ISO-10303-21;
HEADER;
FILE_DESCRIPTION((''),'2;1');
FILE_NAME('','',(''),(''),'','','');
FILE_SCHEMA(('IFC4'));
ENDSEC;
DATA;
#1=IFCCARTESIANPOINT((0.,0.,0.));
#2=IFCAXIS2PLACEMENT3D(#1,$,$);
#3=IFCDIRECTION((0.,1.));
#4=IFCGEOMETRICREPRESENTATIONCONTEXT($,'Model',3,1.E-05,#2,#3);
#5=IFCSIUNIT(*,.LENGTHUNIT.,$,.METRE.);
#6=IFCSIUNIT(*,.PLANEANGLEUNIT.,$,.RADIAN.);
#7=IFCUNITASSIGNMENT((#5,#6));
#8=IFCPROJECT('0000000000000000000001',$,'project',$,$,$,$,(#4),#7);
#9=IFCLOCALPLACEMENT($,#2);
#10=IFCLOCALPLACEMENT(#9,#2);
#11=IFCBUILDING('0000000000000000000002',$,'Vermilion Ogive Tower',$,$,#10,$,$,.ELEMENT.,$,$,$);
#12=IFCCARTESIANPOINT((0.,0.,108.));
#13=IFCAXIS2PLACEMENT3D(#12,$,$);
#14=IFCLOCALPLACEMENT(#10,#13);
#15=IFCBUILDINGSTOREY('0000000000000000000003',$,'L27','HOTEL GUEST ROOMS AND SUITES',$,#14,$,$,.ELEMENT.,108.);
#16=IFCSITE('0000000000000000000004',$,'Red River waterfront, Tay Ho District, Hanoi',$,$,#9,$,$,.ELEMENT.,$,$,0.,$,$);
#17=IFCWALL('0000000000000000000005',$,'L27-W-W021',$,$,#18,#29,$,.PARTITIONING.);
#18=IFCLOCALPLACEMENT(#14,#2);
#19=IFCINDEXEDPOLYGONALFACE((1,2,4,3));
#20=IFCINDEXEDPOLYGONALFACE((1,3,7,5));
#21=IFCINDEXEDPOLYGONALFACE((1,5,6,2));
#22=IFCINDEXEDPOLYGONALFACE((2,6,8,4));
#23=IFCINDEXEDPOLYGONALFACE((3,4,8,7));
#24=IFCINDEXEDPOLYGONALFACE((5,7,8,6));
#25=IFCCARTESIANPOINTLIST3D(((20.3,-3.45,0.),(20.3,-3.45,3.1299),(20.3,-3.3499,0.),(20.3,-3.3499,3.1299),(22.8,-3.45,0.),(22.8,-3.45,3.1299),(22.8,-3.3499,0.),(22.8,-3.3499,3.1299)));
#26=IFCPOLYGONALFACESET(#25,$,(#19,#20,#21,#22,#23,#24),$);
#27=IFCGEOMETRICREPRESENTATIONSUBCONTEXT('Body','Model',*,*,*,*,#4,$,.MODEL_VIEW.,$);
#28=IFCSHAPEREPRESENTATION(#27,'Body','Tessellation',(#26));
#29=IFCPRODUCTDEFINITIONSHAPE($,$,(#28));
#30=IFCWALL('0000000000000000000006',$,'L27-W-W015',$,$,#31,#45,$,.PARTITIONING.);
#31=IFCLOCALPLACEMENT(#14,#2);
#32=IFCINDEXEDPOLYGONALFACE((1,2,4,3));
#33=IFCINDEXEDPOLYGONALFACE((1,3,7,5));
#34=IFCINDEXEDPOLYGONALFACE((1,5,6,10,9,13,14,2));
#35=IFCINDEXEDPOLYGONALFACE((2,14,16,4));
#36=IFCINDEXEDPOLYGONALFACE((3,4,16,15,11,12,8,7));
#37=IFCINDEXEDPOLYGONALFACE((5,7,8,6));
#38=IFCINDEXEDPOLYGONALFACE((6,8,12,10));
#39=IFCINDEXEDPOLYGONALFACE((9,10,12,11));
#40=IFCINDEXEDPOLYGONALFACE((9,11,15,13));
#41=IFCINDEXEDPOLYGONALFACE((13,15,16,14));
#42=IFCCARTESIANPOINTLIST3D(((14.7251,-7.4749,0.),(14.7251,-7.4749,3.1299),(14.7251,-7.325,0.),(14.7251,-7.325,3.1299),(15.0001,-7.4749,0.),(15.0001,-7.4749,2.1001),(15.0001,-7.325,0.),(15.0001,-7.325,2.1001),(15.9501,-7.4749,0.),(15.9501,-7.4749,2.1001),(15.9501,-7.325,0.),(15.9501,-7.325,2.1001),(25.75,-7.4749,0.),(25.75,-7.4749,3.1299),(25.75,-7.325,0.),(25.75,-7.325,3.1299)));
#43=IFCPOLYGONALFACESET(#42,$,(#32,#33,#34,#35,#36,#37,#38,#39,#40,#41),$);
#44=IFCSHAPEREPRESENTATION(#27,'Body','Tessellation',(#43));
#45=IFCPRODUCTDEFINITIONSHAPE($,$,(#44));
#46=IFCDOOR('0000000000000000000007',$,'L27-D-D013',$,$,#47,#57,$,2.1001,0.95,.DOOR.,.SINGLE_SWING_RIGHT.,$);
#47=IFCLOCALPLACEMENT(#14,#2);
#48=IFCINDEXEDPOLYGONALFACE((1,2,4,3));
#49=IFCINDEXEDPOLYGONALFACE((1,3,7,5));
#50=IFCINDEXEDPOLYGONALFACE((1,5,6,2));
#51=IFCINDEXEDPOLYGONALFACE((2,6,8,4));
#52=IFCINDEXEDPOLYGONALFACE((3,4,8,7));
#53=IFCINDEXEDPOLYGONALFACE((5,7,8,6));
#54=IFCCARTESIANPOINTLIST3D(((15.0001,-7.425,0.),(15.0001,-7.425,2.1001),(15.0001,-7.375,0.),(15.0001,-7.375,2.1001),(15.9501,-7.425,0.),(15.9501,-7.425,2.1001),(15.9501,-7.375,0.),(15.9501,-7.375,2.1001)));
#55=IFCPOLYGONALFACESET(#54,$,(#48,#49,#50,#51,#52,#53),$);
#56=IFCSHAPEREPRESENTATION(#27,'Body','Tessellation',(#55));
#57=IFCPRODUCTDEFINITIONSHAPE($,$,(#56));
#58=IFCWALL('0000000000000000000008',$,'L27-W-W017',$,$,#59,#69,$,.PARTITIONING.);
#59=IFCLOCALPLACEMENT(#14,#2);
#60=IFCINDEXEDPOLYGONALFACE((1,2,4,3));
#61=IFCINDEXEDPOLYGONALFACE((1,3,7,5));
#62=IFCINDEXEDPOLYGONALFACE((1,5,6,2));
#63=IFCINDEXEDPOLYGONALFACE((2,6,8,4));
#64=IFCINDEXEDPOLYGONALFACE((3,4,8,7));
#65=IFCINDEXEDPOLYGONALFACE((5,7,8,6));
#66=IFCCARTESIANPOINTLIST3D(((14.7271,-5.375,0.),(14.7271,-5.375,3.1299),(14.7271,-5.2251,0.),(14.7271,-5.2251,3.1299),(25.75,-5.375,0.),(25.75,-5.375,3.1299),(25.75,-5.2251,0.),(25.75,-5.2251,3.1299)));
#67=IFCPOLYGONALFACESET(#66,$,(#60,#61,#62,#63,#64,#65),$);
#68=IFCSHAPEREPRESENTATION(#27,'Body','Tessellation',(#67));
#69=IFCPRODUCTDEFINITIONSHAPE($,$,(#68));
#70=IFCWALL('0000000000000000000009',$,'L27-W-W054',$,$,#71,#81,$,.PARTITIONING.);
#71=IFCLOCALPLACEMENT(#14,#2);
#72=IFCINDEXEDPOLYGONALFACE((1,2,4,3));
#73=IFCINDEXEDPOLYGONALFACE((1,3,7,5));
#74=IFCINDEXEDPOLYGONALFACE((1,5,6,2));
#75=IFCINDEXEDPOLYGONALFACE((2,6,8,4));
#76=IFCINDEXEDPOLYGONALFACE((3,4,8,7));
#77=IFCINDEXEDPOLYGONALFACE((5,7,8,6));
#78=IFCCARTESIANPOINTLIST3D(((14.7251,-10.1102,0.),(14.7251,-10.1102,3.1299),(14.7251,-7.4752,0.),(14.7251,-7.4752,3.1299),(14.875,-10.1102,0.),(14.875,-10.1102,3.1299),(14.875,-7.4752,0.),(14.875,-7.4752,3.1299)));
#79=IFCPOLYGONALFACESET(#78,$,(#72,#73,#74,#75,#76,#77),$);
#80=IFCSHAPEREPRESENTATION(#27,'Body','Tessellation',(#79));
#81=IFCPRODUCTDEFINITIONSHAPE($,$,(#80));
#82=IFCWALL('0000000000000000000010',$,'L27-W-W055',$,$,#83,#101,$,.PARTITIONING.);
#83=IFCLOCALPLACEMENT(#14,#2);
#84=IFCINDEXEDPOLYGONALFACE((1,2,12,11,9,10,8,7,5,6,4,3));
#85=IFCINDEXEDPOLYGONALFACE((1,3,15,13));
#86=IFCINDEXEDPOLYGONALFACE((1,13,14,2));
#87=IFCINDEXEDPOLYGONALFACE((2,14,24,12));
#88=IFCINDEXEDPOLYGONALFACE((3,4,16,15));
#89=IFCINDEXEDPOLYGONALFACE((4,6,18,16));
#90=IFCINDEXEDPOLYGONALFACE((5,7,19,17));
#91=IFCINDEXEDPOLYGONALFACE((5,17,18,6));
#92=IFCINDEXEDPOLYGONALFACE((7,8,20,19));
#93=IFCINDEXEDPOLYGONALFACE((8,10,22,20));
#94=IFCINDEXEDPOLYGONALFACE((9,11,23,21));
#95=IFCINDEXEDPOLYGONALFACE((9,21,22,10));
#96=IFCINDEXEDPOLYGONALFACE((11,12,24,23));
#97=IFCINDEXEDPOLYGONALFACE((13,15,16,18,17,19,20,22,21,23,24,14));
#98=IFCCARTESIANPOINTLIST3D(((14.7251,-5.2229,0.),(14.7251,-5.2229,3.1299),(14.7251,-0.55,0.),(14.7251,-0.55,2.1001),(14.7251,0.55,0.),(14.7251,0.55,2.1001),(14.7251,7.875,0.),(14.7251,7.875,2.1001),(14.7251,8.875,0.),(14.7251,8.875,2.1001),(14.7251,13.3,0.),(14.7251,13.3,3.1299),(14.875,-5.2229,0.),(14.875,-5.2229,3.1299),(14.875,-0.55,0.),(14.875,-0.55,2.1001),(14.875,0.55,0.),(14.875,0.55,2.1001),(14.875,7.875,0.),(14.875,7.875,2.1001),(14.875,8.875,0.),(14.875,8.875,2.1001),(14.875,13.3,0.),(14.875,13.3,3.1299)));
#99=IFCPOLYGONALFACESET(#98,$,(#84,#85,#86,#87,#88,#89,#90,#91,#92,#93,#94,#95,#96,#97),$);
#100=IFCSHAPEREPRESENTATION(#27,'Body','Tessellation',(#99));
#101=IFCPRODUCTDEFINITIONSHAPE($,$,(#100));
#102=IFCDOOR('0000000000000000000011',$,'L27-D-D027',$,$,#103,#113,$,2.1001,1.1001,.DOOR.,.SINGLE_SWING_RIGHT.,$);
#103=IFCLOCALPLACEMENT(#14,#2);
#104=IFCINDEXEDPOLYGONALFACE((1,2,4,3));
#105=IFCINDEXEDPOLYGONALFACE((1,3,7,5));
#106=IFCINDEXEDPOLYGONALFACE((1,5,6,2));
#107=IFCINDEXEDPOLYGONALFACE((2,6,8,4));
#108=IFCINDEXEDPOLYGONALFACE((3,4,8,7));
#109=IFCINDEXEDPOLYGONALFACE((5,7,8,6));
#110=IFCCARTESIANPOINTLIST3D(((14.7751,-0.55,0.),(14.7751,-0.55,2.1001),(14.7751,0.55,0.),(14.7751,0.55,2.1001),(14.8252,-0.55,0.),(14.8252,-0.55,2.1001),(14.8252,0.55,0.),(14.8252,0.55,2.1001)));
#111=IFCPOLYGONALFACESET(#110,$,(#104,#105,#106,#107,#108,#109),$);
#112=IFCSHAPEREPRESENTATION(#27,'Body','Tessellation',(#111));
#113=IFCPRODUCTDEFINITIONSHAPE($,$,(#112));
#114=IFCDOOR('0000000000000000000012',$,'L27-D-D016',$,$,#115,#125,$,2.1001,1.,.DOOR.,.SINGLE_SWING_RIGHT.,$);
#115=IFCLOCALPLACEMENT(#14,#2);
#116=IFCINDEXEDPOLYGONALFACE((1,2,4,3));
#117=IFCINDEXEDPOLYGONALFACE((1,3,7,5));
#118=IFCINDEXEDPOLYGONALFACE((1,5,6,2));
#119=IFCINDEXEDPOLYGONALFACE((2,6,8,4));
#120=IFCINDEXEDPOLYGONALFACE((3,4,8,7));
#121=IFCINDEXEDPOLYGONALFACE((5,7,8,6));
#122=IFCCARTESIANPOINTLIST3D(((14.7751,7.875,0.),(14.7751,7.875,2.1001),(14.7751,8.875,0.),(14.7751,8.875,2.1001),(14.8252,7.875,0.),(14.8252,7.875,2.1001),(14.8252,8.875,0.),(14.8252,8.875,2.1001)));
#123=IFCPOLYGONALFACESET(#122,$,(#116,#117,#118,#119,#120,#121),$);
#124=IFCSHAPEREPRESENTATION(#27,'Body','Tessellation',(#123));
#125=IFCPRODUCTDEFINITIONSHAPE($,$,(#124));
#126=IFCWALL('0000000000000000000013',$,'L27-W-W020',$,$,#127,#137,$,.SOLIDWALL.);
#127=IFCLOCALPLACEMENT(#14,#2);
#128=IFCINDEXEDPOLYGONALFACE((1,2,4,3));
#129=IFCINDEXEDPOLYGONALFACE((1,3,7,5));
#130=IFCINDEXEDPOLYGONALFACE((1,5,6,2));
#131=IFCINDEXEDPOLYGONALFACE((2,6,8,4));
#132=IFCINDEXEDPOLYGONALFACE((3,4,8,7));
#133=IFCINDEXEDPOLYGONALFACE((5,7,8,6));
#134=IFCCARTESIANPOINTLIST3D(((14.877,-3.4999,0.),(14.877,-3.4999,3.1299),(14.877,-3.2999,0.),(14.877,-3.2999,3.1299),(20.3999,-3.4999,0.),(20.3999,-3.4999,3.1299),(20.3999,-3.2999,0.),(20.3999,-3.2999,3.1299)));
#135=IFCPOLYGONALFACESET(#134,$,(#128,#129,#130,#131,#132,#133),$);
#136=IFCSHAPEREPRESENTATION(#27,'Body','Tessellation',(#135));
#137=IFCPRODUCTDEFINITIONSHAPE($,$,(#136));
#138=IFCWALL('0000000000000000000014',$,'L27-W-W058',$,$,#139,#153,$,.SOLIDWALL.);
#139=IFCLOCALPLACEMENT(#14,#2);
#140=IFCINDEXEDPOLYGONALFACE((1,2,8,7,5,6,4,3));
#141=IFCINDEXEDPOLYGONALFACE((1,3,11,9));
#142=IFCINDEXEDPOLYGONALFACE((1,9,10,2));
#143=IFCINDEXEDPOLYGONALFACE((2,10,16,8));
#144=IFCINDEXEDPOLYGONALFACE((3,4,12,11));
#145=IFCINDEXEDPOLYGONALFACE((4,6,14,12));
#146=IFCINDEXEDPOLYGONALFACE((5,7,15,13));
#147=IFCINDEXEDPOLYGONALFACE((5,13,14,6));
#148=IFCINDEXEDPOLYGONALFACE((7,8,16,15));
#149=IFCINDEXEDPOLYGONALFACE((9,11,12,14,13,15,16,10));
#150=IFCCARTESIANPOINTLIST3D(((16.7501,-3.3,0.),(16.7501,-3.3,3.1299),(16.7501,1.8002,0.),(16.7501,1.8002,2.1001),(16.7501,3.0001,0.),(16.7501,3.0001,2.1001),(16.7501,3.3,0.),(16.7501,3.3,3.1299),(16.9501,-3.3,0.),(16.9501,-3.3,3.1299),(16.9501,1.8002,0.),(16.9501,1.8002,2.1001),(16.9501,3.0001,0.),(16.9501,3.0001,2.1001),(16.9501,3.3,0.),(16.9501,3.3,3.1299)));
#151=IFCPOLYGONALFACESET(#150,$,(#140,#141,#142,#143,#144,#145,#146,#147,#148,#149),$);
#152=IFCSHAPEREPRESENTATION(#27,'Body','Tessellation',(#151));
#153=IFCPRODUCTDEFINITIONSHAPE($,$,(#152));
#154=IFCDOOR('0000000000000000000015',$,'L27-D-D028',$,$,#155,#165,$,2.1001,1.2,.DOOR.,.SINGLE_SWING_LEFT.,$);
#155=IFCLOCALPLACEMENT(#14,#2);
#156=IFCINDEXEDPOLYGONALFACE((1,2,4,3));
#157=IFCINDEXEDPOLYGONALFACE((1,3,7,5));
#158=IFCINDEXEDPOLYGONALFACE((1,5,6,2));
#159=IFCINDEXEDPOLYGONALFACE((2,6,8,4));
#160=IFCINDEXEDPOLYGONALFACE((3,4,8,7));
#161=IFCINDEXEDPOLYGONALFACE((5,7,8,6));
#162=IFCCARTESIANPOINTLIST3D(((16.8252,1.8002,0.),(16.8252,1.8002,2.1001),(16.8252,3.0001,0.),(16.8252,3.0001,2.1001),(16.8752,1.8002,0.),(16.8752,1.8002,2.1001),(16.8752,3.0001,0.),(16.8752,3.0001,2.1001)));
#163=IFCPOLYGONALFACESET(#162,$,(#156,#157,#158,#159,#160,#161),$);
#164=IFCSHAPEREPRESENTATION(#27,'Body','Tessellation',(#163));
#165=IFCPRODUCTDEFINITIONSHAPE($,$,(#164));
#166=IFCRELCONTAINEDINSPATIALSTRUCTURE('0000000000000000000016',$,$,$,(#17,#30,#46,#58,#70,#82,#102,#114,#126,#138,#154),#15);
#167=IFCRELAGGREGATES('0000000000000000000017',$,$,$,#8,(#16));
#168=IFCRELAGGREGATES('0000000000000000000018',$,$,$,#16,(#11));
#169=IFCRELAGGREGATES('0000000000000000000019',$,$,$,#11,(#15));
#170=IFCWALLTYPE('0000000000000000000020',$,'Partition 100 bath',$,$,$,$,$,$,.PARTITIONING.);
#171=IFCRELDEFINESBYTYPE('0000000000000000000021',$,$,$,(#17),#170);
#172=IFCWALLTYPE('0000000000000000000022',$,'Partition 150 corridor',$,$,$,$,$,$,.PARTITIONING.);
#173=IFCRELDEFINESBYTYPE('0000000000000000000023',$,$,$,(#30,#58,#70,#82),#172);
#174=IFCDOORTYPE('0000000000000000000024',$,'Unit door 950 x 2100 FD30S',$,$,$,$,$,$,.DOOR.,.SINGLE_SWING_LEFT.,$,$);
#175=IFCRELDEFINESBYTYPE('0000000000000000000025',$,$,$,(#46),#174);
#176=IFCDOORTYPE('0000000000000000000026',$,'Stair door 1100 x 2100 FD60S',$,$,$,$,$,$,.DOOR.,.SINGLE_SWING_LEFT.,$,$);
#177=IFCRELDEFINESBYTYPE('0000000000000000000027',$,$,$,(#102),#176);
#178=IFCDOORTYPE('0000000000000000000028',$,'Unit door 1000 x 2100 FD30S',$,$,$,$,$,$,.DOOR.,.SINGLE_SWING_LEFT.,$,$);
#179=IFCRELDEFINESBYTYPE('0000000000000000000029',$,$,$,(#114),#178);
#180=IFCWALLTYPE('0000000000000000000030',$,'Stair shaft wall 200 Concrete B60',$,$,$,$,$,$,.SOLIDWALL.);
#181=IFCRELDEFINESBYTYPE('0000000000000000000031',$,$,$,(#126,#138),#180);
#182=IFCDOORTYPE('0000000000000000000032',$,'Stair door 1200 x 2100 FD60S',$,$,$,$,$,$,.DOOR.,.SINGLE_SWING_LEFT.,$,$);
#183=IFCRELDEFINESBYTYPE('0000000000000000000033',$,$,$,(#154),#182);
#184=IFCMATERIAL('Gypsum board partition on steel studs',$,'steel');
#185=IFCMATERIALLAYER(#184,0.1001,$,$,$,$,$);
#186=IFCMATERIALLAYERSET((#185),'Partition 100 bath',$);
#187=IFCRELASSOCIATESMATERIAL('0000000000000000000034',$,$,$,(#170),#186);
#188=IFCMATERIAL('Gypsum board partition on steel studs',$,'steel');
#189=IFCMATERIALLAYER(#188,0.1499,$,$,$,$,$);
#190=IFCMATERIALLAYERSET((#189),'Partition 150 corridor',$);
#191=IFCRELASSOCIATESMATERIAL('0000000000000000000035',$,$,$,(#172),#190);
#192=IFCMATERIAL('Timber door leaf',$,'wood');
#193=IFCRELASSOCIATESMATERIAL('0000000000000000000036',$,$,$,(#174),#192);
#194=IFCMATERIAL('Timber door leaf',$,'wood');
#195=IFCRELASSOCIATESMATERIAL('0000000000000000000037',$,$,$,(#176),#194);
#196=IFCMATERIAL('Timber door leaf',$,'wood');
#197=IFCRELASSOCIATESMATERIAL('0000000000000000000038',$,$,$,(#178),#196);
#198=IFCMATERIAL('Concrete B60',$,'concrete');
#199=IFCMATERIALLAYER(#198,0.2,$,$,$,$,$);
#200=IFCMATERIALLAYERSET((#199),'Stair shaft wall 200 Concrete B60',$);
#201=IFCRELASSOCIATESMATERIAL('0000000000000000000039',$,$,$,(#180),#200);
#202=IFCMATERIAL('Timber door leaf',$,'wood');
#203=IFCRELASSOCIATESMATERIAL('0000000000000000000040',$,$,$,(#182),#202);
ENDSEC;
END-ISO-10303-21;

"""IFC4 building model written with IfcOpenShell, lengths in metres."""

from ifc_helpers import new_model, si_unit, direction, frame, frame_2d, origin, place, context, subcontext, project, spatial, rectangle, extrude, material, layer, layer_set, type_object, element, fill, save


model = new_model("IFC4")

# Units and contexts
model_context = context("Model", 3, precision=1e-05, world=origin(), true_north=direction((0.0, 1.0)))
body_context = subcontext(model_context, "Body", "Model", "MODEL_VIEW")
ifc_project = project(units=[si_unit("LENGTHUNIT", "METRE"), si_unit("PLANEANGLEUNIT", "RADIAN")], contexts=[model_context])

# Site, building, storey
site_placement = place(None, origin())
site = spatial("IfcSite", under=ifc_project, at=site_placement, Name="Red River waterfront, Tay Ho District, Hanoi", CompositionType="ELEMENT", RefElevation=0.0)
building_placement = place(site_placement, origin())
building = spatial("IfcBuilding", under=site, at=building_placement, Name="Vermilion Ogive Tower", CompositionType="ELEMENT")
storey_placement = place(building_placement, frame((0.0, 0.0, 108.0)))
storey = spatial("IfcBuildingStorey", under=building, at=storey_placement, Name="L27", Description="HOTEL GUEST ROOMS AND SUITES", CompositionType="ELEMENT", Elevation=108.0)

# Wall
ifc_material_1 = material(Name="Gypsum board partition on steel studs", Category="steel")
ifc_layer_1 = layer(ifc_material_1, 0.1001)
ifc_layer_set_1 = layer_set([ifc_layer_1], Name="Partition 100 bath")
wall_type_1 = type_object("IfcWallType", Name="Partition 100 bath", PredefinedType="PARTITIONING", material=ifc_layer_set_1)
wall_1_placement = place(storey_placement, frame((20.3, -3.3999, 0.0), z_axis=(0.0, 0.0, 1.0), x_axis=(1.0, 0.0, 0.0)))
element("IfcWall", 1, at=wall_1_placement, inside=storey, type_object=wall_type_1, Name="L27-W-W021", PredefinedType="PARTITIONING", context=body_context, shape_type="SweptSolid", body=[
    extrude(rectangle(XDim=2.5, YDim=0.1001, at=frame_2d((1.25, 0.0))), origin(), (0.0, 0.0, 1.0), 3.1299),
])

# Wall, opening, door
ifc_material_2 = material(Name="Gypsum board partition on steel studs", Category="steel")
ifc_layer_2 = layer(ifc_material_2, 0.1499)
ifc_layer_set_2 = layer_set([ifc_layer_2], Name="Partition 150 corridor")
wall_type_2 = type_object("IfcWallType", Name="Partition 150 corridor", PredefinedType="PARTITIONING", material=ifc_layer_set_2)
wall_2_placement = place(storey_placement, frame((14.7251, -7.3999, 0.0), z_axis=(0.0, 0.0, 1.0), x_axis=(1.0, 0.0, 0.0)))
wall_2 = element("IfcWall", 2, at=wall_2_placement, inside=storey, type_object=wall_type_2, Name="L27-W-W015", PredefinedType="PARTITIONING", context=body_context, shape_type="SweptSolid", body=[
    extrude(rectangle(XDim=11.0249, YDim=0.1499, at=frame_2d((5.5125, 0.0))), origin(), (0.0, 0.0, 1.0), 3.1299),
])
opening_1_placement = place(wall_2_placement, frame((0.2749, 0.0, 0.0)))
opening_1 = element("IfcOpeningElement", 3, at=opening_1_placement, cuts=wall_2, PredefinedType="OPENING", context=body_context, shape_type="SweptSolid", body=[
    extrude(rectangle(XDim=0.95, YDim=2.1001, at=frame_2d((0.4751, 1.05))), frame((0.0, 0.085, 0.0), z_axis=(0.0, -1.0, 0.0), x_axis=(1.0, 0.0, 0.0)), (0.0, 0.0, 1.0), 0.1699),
])
ifc_material_3 = material(Name="Timber door leaf", Category="wood")
door_type_1 = type_object("IfcDoorType", Name="Unit door 950 x 2100 FD30S", OperationType="SINGLE_SWING_LEFT", PredefinedType="DOOR", material=ifc_material_3)
door_1_placement = place(opening_1_placement, origin())
door_1 = element("IfcDoor", 4, at=door_1_placement, inside=storey, type_object=door_type_1, Name="L27-D-D013", OperationType="SINGLE_SWING_RIGHT", OverallHeight=2.1001, OverallWidth=0.95, PredefinedType="DOOR", context=body_context, shape_type="SweptSolid", body=[
    extrude(rectangle(XDim=0.95, YDim=2.1001, at=frame_2d((0.4751, 1.05))), frame((0.0, 0.0249, 0.0), z_axis=(0.0, -1.0, 0.0), x_axis=(1.0, 0.0, 0.0)), (0.0, 0.0, 1.0), 0.05),
])
fill(opening_1, door_1)

# Walls
wall_3_placement = place(storey_placement, frame((14.7271, -5.3, 0.0), z_axis=(0.0, 0.0, 1.0), x_axis=(1.0, 0.0, 0.0)))
element("IfcWall", 5, at=wall_3_placement, inside=storey, type_object=wall_type_2, Name="L27-W-W017", PredefinedType="PARTITIONING", context=body_context, shape_type="SweptSolid", body=[
    extrude(rectangle(XDim=11.0229, YDim=0.1499, at=frame_2d((5.5115, 0.0))), origin(), (0.0, 0.0, 1.0), 3.1299),
])
wall_4_placement = place(storey_placement, frame((14.8, -10.1101, 0.0), z_axis=(0.0, 0.0, 1.0), x_axis=(0.0, 1.0, 0.0)))
element("IfcWall", 6, at=wall_4_placement, inside=storey, type_object=wall_type_2, Name="L27-W-W054", PredefinedType="PARTITIONING", context=body_context, shape_type="SweptSolid", body=[
    extrude(rectangle(XDim=2.635, YDim=0.1499, at=frame_2d((1.3174, 0.0))), origin(), (0.0, 0.0, 1.0), 3.1299),
])

# Wall, openings, doors
wall_5_placement = place(storey_placement, frame((14.8, -5.2229, 0.0), z_axis=(0.0, 0.0, 1.0), x_axis=(0.0, 1.0, 0.0)))
wall_5 = element("IfcWall", 7, at=wall_5_placement, inside=storey, type_object=wall_type_2, Name="L27-W-W055", PredefinedType="PARTITIONING", context=body_context, shape_type="SweptSolid", body=[
    extrude(rectangle(XDim=18.5229, YDim=0.1499, at=frame_2d((9.2615, 0.0))), origin(), (0.0, 0.0, 1.0), 3.1299),
])
opening_2_placement = place(wall_5_placement, frame((13.0979, 0.0, 0.0)))
opening_2 = element("IfcOpeningElement", 8, at=opening_2_placement, cuts=wall_5, PredefinedType="OPENING", context=body_context, shape_type="SweptSolid", body=[
    extrude(rectangle(XDim=1.0, YDim=2.1001, at=frame_2d((0.5, 1.05))), frame((0.0, 0.085, 0.0), z_axis=(0.0, -1.0, 0.0), x_axis=(1.0, 0.0, 0.0)), (0.0, 0.0, 1.0), 0.1699),
])
opening_3_placement = place(wall_5_placement, frame((4.6729, 0.0, 0.0)))
opening_3 = element("IfcOpeningElement", 9, at=opening_3_placement, cuts=wall_5, PredefinedType="OPENING", context=body_context, shape_type="SweptSolid", body=[
    extrude(rectangle(XDim=1.1001, YDim=2.1001, at=frame_2d((0.55, 1.05))), frame((0.0, 0.085, 0.0), z_axis=(0.0, -1.0, 0.0), x_axis=(1.0, 0.0, 0.0)), (0.0, 0.0, 1.0), 0.1699),
])
ifc_material_4 = material(Name="Timber door leaf", Category="wood")
door_type_2 = type_object("IfcDoorType", Name="Stair door 1100 x 2100 FD60S", OperationType="SINGLE_SWING_LEFT", PredefinedType="DOOR", material=ifc_material_4)
door_2_placement = place(opening_3_placement, origin())
door_2 = element("IfcDoor", 10, at=door_2_placement, inside=storey, type_object=door_type_2, Name="L27-D-D027", OperationType="SINGLE_SWING_RIGHT", OverallHeight=2.1001, OverallWidth=1.1001, PredefinedType="DOOR", context=body_context, shape_type="SweptSolid", body=[
    extrude(rectangle(XDim=1.1001, YDim=2.1001, at=frame_2d((0.55, 1.05))), frame((0.0, 0.0249, 0.0), z_axis=(0.0, -1.0, 0.0), x_axis=(1.0, 0.0, 0.0)), (0.0, 0.0, 1.0), 0.05),
])
fill(opening_3, door_2)
ifc_material_5 = material(Name="Timber door leaf", Category="wood")
door_type_3 = type_object("IfcDoorType", Name="Unit door 1000 x 2100 FD30S", OperationType="SINGLE_SWING_LEFT", PredefinedType="DOOR", material=ifc_material_5)
door_3_placement = place(opening_2_placement, origin())
door_3 = element("IfcDoor", 11, at=door_3_placement, inside=storey, type_object=door_type_3, Name="L27-D-D016", OperationType="SINGLE_SWING_RIGHT", OverallHeight=2.1001, OverallWidth=1.0, PredefinedType="DOOR", context=body_context, shape_type="SweptSolid", body=[
    extrude(rectangle(XDim=1.0, YDim=2.1001, at=frame_2d((0.5, 1.05))), frame((0.0, 0.0249, 0.0), z_axis=(0.0, -1.0, 0.0), x_axis=(1.0, 0.0, 0.0)), (0.0, 0.0, 1.0), 0.05),
])
fill(opening_2, door_3)

# Wall
ifc_material_6 = material(Name="Concrete B60", Category="concrete")
ifc_layer_3 = layer(ifc_material_6, 0.2)
ifc_layer_set_3 = layer_set([ifc_layer_3], Name="Stair shaft wall 200 Concrete B60")
wall_type_3 = type_object("IfcWallType", Name="Stair shaft wall 200 Concrete B60", PredefinedType="SOLIDWALL", material=ifc_layer_set_3)
wall_6_placement = place(storey_placement, frame((14.877, -3.3999, 0.0), z_axis=(0.0, 0.0, 1.0), x_axis=(1.0, 0.0, 0.0)))
element("IfcWall", 12, at=wall_6_placement, inside=storey, type_object=wall_type_3, Name="L27-W-W020", PredefinedType="SOLIDWALL", context=body_context, shape_type="SweptSolid", body=[
    extrude(rectangle(XDim=5.5229, YDim=0.2, at=frame_2d((2.7615, 0.0))), origin(), (0.0, 0.0, 1.0), 3.1299),
])

# Wall, opening, door
wall_7_placement = place(storey_placement, frame((16.8501, -3.3, 0.0), z_axis=(0.0, 0.0, 1.0), x_axis=(0.0, 1.0, 0.0)))
wall_7 = element("IfcWall", 13, at=wall_7_placement, inside=storey, type_object=wall_type_3, Name="L27-W-W058", PredefinedType="SOLIDWALL", context=body_context, shape_type="SweptSolid", body=[
    extrude(rectangle(XDim=6.6001, YDim=0.2, at=frame_2d((3.3, 0.0))), origin(), (0.0, 0.0, 1.0), 3.1299),
])
opening_4_placement = place(wall_7_placement, frame((5.1001, 0.0, 0.0)))
opening_4 = element("IfcOpeningElement", 14, at=opening_4_placement, cuts=wall_7, PredefinedType="OPENING", context=body_context, shape_type="SweptSolid", body=[
    extrude(rectangle(XDim=1.2, YDim=2.1001, at=frame_2d((0.6001, 1.05))), frame((0.0, 0.1099, 0.0), z_axis=(0.0, -1.0, 0.0), x_axis=(1.0, 0.0, 0.0)), (0.0, 0.0, 1.0), 0.22),
])
ifc_material_7 = material(Name="Timber door leaf", Category="wood")
door_type_4 = type_object("IfcDoorType", Name="Stair door 1200 x 2100 FD60S", OperationType="SINGLE_SWING_LEFT", PredefinedType="DOOR", material=ifc_material_7)
door_4_placement = place(opening_4_placement, origin())
door_4 = element("IfcDoor", 15, at=door_4_placement, inside=storey, type_object=door_type_4, Name="L27-D-D028", OperationType="SINGLE_SWING_LEFT", OverallHeight=2.1001, OverallWidth=1.2, PredefinedType="DOOR", context=body_context, shape_type="SweptSolid", body=[
    extrude(rectangle(XDim=1.2, YDim=2.1001, at=frame_2d((0.6001, 1.05))), frame((0.0, 0.0249, 0.0), z_axis=(0.0, -1.0, 0.0), x_axis=(1.0, 0.0, 0.0)), (0.0, 0.0, 1.0), 0.05),
])
fill(opening_4, door_4)

save(model, "model.ifc")
